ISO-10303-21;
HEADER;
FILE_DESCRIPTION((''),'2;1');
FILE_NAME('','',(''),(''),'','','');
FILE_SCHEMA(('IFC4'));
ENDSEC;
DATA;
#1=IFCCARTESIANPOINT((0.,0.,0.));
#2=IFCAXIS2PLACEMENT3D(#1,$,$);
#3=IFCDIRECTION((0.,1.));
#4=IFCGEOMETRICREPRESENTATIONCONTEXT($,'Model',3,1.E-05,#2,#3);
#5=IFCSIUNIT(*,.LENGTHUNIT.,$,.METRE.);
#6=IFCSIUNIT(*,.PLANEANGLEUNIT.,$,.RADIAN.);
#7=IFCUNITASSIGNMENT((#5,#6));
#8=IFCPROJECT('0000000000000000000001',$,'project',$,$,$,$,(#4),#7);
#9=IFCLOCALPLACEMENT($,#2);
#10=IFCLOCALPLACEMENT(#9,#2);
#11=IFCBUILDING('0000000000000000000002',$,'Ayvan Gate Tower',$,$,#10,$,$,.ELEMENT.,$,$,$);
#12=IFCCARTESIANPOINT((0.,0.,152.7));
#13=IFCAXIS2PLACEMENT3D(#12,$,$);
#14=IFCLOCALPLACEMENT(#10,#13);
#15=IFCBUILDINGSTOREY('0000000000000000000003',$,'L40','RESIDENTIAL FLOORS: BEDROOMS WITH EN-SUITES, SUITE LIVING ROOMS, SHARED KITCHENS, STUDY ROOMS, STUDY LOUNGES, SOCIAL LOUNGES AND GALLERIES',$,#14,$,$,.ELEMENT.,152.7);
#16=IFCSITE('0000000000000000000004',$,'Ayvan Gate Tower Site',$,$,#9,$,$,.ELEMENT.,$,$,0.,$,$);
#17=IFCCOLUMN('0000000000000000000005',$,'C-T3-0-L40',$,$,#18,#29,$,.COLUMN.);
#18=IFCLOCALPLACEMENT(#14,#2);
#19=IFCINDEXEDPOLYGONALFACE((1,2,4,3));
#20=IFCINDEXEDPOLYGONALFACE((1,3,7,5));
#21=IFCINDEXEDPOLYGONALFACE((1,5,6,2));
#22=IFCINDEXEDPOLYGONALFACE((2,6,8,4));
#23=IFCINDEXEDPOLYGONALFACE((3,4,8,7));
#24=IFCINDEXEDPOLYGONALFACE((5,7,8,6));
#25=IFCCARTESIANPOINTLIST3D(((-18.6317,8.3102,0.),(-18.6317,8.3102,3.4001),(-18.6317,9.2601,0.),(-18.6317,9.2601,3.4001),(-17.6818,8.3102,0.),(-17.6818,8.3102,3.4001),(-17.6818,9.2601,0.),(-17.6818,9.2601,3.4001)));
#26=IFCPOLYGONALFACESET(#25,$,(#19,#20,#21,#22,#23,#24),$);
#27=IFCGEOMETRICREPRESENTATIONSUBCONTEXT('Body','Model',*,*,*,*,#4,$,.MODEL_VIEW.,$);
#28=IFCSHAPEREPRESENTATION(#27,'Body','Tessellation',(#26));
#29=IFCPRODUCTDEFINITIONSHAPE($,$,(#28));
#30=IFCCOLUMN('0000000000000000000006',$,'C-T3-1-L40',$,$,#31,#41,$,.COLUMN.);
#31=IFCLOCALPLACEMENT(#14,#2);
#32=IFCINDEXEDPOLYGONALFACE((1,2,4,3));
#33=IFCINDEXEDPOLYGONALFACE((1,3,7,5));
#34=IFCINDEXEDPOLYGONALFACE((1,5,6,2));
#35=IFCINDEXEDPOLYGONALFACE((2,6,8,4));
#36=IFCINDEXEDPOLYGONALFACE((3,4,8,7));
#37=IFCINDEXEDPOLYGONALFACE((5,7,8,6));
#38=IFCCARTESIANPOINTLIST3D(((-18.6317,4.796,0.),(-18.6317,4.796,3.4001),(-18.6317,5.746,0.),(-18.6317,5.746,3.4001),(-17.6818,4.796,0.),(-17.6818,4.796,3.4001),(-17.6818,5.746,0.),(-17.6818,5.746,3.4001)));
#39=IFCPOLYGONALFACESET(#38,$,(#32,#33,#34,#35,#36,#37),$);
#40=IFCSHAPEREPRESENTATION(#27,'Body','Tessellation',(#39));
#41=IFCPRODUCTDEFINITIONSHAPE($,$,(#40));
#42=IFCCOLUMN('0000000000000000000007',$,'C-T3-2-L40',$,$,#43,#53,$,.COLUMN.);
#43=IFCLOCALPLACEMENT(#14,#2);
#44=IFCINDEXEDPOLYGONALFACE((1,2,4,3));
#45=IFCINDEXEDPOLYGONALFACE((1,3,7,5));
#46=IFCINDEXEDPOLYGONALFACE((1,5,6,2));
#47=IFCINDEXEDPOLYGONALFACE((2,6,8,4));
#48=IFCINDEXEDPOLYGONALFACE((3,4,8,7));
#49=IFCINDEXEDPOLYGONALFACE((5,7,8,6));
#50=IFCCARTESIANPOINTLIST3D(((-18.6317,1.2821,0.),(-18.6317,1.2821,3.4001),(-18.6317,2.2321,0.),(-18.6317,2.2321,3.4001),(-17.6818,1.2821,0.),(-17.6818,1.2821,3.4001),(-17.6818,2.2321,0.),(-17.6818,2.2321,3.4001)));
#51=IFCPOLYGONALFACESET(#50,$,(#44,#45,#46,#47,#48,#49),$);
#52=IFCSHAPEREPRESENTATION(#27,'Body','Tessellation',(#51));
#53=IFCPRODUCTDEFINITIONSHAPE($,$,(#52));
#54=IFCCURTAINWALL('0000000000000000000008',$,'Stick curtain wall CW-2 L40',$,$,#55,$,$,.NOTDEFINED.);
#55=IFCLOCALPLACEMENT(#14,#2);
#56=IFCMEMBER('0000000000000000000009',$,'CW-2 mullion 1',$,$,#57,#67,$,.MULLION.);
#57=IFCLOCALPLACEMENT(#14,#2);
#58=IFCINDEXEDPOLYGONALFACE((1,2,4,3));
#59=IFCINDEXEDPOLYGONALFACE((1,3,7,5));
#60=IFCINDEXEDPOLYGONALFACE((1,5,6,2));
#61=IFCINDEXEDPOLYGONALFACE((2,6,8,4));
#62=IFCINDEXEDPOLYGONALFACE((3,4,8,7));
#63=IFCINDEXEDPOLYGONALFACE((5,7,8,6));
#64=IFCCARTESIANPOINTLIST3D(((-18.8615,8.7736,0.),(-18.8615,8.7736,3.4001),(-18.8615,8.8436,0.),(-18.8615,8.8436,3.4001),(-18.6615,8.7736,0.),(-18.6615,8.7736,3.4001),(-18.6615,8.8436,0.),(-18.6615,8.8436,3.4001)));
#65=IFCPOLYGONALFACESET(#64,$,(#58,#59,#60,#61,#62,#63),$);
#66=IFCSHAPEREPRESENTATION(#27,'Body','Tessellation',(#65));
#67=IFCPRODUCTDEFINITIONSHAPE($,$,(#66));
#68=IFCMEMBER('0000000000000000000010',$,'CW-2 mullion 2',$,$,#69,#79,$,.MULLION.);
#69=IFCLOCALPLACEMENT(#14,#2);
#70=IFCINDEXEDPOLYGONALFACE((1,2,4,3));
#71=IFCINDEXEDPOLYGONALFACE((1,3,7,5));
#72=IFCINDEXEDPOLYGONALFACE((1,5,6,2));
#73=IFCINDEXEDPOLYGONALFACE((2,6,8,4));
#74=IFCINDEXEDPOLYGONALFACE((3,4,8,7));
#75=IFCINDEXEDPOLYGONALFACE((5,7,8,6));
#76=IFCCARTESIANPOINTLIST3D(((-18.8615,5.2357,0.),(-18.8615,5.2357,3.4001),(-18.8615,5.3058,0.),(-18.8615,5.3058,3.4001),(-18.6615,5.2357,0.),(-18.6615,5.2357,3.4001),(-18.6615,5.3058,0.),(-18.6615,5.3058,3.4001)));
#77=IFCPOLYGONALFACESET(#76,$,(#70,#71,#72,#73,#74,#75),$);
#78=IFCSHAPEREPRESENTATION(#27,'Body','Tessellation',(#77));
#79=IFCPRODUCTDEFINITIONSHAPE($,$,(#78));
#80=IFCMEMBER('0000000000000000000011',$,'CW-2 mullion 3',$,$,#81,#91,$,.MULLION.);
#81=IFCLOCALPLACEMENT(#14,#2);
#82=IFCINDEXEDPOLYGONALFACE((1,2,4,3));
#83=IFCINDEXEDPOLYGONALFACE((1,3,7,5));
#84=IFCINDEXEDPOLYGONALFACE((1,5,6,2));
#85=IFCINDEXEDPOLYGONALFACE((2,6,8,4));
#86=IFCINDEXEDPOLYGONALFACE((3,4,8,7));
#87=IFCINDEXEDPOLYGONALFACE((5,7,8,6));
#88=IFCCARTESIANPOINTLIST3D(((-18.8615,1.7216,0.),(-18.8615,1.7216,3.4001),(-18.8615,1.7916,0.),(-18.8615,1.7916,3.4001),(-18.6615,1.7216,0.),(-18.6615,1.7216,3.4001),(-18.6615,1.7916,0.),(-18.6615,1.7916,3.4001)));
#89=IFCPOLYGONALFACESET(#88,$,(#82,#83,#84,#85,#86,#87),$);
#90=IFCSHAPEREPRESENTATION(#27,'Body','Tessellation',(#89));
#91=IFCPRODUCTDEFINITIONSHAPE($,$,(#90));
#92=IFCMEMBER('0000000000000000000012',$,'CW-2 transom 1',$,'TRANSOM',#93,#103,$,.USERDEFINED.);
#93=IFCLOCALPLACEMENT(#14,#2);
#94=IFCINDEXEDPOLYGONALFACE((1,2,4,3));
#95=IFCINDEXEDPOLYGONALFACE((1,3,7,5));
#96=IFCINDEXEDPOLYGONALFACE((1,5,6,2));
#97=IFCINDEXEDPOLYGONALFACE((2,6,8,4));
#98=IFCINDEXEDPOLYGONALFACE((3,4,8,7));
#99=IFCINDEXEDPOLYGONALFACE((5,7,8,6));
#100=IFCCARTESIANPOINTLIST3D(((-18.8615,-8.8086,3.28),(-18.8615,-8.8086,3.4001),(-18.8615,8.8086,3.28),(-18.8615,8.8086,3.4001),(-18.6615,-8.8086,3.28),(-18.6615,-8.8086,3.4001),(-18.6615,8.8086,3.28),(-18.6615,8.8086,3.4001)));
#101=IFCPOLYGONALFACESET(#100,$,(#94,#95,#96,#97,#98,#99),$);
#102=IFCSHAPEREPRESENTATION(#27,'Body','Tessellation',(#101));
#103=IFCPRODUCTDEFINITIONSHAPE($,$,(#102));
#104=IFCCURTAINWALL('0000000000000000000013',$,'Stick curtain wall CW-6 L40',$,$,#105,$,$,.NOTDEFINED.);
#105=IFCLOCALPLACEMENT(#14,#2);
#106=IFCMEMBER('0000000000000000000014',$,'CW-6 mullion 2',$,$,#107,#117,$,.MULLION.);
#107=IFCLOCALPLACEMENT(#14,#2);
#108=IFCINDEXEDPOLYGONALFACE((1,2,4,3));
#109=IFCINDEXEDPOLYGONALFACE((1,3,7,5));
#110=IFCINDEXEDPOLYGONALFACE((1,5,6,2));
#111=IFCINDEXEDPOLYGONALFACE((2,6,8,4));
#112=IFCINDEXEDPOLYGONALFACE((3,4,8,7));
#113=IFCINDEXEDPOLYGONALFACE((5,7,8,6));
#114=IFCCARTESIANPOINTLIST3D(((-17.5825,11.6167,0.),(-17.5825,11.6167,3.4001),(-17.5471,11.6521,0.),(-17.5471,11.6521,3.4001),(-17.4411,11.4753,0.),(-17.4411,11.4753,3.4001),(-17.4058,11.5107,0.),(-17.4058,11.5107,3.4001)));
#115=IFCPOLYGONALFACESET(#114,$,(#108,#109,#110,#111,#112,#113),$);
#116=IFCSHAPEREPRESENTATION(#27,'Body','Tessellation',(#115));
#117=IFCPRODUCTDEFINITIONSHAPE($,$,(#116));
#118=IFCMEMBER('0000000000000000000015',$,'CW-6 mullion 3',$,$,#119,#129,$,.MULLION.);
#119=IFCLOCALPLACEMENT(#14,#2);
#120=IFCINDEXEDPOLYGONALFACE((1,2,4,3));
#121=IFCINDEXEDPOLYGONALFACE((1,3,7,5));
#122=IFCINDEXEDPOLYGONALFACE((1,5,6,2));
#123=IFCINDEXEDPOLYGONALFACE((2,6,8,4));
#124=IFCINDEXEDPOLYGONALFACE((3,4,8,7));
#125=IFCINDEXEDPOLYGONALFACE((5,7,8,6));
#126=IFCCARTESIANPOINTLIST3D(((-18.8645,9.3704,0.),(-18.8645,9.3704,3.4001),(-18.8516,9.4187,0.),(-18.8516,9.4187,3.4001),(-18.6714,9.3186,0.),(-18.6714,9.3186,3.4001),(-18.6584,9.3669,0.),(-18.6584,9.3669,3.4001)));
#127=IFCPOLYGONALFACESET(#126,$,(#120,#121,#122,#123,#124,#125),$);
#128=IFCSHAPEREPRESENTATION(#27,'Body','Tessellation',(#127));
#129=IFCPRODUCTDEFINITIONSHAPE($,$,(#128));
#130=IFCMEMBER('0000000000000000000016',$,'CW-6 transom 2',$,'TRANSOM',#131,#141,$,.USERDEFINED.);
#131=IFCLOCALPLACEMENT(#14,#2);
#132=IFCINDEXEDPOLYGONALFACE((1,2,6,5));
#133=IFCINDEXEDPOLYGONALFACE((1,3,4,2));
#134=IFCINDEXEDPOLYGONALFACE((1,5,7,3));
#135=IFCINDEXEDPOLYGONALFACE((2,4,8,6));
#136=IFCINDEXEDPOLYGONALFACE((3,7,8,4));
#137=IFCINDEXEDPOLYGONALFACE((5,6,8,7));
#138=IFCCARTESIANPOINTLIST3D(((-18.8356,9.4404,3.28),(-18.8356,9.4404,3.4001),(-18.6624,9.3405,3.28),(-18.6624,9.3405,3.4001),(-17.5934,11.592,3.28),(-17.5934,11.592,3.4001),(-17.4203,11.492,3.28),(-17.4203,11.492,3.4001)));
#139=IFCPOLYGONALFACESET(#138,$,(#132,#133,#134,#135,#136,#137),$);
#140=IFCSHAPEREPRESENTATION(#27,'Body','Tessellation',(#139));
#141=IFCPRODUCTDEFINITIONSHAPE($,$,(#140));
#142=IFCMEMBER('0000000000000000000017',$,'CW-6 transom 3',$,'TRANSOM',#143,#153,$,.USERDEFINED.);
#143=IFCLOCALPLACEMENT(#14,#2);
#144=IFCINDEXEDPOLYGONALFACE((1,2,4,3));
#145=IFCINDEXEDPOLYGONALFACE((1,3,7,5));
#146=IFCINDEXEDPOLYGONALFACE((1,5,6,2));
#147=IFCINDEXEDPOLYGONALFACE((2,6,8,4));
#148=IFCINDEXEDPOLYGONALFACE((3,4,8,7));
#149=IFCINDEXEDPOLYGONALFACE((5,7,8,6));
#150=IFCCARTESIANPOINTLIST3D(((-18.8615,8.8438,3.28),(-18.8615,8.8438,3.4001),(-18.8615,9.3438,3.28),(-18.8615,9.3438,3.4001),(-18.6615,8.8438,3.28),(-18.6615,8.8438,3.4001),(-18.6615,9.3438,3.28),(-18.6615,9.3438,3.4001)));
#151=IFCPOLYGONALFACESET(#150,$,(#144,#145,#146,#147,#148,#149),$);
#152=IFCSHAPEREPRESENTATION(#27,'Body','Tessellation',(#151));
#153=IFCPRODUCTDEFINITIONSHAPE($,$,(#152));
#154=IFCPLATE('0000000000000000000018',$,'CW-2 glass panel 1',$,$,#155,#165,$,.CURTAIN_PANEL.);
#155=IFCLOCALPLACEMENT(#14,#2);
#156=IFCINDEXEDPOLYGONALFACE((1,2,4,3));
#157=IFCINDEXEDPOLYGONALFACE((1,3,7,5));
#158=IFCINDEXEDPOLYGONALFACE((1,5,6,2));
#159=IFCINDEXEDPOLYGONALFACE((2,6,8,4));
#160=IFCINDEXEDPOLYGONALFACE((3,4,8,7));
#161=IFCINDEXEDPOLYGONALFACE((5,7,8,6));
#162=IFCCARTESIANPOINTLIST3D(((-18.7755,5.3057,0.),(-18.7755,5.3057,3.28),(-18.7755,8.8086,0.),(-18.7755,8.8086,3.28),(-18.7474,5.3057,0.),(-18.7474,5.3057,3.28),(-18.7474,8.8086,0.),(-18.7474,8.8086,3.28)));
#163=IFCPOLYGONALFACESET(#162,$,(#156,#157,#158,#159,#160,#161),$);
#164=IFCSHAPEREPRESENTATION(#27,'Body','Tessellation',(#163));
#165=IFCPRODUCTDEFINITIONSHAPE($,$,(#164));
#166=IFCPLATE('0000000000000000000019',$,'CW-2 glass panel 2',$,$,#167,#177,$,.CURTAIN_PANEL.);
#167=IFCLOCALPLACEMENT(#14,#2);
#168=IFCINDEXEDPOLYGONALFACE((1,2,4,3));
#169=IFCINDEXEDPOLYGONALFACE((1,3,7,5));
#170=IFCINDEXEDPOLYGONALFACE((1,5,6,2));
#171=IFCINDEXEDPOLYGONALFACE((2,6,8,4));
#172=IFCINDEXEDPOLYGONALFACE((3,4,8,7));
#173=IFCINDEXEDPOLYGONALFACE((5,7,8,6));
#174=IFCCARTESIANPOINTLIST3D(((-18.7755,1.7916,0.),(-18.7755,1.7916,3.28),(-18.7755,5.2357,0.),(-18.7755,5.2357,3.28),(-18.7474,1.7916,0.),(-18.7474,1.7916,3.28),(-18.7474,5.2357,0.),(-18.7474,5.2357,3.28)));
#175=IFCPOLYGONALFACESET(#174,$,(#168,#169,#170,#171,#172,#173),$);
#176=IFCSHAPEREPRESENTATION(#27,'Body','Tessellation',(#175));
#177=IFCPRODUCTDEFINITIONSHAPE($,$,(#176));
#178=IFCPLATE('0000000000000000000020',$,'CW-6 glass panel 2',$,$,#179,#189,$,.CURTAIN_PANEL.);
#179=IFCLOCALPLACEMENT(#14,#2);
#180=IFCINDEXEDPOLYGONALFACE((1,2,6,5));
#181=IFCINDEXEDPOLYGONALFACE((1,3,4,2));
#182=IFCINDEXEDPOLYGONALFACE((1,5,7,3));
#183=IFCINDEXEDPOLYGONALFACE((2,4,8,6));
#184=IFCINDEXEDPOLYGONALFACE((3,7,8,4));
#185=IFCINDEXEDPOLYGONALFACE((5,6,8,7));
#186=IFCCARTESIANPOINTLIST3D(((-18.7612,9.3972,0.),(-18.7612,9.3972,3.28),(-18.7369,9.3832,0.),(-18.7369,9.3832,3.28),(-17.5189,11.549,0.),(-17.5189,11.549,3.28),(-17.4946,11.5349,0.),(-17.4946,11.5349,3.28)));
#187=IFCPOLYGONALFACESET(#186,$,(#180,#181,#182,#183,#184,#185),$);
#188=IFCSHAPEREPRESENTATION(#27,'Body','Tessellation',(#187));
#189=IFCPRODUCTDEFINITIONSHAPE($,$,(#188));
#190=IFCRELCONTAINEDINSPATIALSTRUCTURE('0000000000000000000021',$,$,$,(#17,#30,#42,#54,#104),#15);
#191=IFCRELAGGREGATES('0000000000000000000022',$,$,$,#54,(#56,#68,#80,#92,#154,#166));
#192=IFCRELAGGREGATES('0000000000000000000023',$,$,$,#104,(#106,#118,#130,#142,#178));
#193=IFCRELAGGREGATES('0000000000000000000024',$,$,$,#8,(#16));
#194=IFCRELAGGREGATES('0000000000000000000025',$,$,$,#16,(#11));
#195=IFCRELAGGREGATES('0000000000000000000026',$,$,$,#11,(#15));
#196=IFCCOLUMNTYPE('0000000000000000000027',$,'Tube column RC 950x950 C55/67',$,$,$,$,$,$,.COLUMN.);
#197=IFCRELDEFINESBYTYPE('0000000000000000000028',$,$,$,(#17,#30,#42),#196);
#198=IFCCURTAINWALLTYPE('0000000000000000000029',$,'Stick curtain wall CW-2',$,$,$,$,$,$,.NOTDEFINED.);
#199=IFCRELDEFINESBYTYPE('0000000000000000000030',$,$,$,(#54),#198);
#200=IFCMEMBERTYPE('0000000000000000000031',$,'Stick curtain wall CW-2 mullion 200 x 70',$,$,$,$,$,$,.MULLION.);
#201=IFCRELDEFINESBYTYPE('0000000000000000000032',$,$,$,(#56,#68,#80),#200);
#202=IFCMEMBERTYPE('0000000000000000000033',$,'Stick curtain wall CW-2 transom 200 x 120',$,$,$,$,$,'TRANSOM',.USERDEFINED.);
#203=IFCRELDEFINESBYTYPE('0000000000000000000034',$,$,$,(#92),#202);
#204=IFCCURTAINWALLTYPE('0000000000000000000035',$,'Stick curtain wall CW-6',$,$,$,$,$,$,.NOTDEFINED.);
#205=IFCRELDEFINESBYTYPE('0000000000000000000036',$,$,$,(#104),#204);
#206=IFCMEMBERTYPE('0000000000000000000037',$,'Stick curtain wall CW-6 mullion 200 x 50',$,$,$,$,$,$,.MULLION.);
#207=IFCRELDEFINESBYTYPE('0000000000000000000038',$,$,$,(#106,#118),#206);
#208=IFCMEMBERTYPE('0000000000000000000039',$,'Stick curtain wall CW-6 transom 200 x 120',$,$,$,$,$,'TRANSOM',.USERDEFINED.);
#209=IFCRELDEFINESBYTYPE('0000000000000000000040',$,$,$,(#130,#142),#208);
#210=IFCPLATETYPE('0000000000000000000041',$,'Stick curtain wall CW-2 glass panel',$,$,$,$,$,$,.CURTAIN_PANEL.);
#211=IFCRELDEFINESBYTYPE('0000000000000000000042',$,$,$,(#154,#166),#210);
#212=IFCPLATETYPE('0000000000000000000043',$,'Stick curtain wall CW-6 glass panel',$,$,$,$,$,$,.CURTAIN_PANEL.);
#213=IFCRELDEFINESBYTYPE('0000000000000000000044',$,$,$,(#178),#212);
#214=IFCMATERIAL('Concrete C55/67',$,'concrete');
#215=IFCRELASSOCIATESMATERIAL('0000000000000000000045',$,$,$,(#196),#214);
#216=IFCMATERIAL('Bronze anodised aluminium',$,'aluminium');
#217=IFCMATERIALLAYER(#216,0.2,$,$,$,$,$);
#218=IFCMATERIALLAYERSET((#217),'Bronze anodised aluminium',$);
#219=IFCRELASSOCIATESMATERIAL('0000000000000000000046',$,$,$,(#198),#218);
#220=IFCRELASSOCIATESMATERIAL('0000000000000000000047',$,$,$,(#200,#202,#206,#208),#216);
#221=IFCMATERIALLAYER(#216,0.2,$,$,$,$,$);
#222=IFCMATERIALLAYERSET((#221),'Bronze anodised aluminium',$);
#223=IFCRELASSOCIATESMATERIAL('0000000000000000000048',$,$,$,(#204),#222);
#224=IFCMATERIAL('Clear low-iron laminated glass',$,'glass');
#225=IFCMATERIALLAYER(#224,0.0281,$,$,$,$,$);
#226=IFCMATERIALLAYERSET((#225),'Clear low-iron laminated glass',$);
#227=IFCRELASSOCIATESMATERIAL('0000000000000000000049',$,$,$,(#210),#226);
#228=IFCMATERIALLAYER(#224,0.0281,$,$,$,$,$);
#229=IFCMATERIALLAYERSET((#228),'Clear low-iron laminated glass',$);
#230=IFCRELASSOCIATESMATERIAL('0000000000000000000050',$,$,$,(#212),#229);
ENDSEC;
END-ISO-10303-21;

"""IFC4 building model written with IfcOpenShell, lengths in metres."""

from ifc_helpers import new_model, si_unit, direction, frame, origin, origin_2d, place, context, subcontext, project, spatial, rectangle, extrude, material, layer, layer_set, material_profile, profile_set, type_object, element, aggregate, save


model = new_model("IFC4")

# Units and contexts
model_context = context("Model", 3, precision=1e-05, world=origin(), true_north=direction((0.0, 1.0)))
body_context = subcontext(model_context, "Body", "Model", "MODEL_VIEW")
ifc_project = project(units=[si_unit("LENGTHUNIT", "METRE"), si_unit("PLANEANGLEUNIT", "RADIAN")], contexts=[model_context])

# Site, building, storey
site_placement = place(None, origin())
site = spatial("IfcSite", under=ifc_project, at=site_placement, Name="Ayvan Gate Tower Site", CompositionType="ELEMENT", RefElevation=0.0)
building_placement = place(site_placement, origin())
building = spatial("IfcBuilding", under=site, at=building_placement, Name="Ayvan Gate Tower", CompositionType="ELEMENT")
storey_placement = place(building_placement, frame((0.0, 0.0, 152.7)))
storey = spatial("IfcBuildingStorey", under=building, at=storey_placement, Name="L40", Description="RESIDENTIAL FLOORS: BEDROOMS WITH EN-SUITES, SUITE LIVING ROOMS, SHARED KITCHENS, STUDY ROOMS, STUDY LOUNGES, SOCIAL LOUNGES AND GALLERIES", CompositionType="ELEMENT", Elevation=152.7)

# Columns
ifc_material_1 = material(Name="Concrete C55/67", Category="concrete")
ifc_material_profile_1 = material_profile(ifc_material_1, rectangle(XDim=0.95, YDim=0.95, at=origin_2d()), Name="RC 950x950")
ifc_profile_set_1 = profile_set([ifc_material_profile_1], Name="Concrete C55/67")
column_type = type_object("IfcColumnType", Name="Tube column RC 950x950 C55/67", PredefinedType="COLUMN", material=ifc_profile_set_1)
for number, where, z_axis, x_axis, name in (
    (1, (-18.1567, 8.7852, 0.0), (0.0, 0.0, 1.0), (-1.0, 0.0, 0.0), "C-T3-0-L40"),
    (2, (-18.1567, 5.271, 0.0), (0.0, 0.0, 1.0), (-1.0, 0.0, 0.0), "C-T3-1-L40"),
    (3, (-18.1567, 1.7571, 0.0), (0.0, 0.0, 1.0), (-1.0, 0.0, 0.0), "C-T3-2-L40"),
):
    element("IfcColumn", number, at=place(storey_placement, frame(where, z_axis=z_axis, x_axis=x_axis)), inside=storey, type_object=column_type, Name=name, PredefinedType="COLUMN", context=body_context, shape_type="SweptSolid", body=[
        extrude(rectangle(XDim=0.95, YDim=0.95, at=origin_2d()), origin(), (0.0, 0.0, 1.0), 3.4001),
    ])

# Curtain walls, members
ifc_material_2 = material(Name="Bronze anodised aluminium", Category="aluminium")
ifc_layer_1 = layer(ifc_material_2, 0.2)
ifc_layer_set_1 = layer_set([ifc_layer_1], Name="Bronze anodised aluminium")
curtain_wall_type_1 = type_object("IfcCurtainWallType", Name="Stick curtain wall CW-2", PredefinedType="NOTDEFINED", material=ifc_layer_set_1)
curtain_wall_1_placement = place(storey_placement, origin())
curtain_wall_1 = element("IfcCurtainWall", 4, at=curtain_wall_1_placement, inside=storey, type_object=curtain_wall_type_1, Name="Stick curtain wall CW-2 L40", PredefinedType="NOTDEFINED")
ifc_material_profile_2 = material_profile(ifc_material_2, rectangle(XDim=0.2, YDim=0.0701, at=origin_2d()), Name="Stick curtain wall CW-2 mullion 200 x 70")
ifc_profile_set_2 = profile_set([ifc_material_profile_2], Name="Bronze anodised aluminium")
member_type_1 = type_object("IfcMemberType", Name="Stick curtain wall CW-2 mullion 200 x 70", PredefinedType="MULLION", material=ifc_profile_set_2)
member_1_placement = place(storey_placement, frame((-18.7615, 8.8086, 0.0), z_axis=(0.0, 0.0, 1.0), x_axis=(-1.0, 0.0, 0.0)))
member_1 = element("IfcMember", 5, at=member_1_placement, type_object=member_type_1, Name="CW-2 mullion 1", PredefinedType="MULLION", context=body_context, shape_type="SweptSolid", body=[
    extrude(rectangle(XDim=0.2, YDim=0.0701, at=origin_2d()), origin(), (0.0, 0.0, 1.0), 3.4001),
])
member_2_placement = place(storey_placement, frame((-18.7615, 5.2708, 0.0), z_axis=(0.0, 0.0, 1.0), x_axis=(-1.0, 0.0, 0.0)))
member_2 = element("IfcMember", 6, at=member_2_placement, type_object=member_type_1, Name="CW-2 mullion 2", PredefinedType="MULLION", context=body_context, shape_type="SweptSolid", body=[
    extrude(rectangle(XDim=0.2, YDim=0.0701, at=origin_2d()), origin(), (0.0, 0.0, 1.0), 3.4001),
])
member_3_placement = place(storey_placement, frame((-18.7615, 1.7566, 0.0), z_axis=(0.0, 0.0, 1.0), x_axis=(-1.0, 0.0, 0.0)))
member_3 = element("IfcMember", 7, at=member_3_placement, type_object=member_type_1, Name="CW-2 mullion 3", PredefinedType="MULLION", context=body_context, shape_type="SweptSolid", body=[
    extrude(rectangle(XDim=0.2, YDim=0.0701, at=origin_2d()), origin(), (0.0, 0.0, 1.0), 3.4001),
])
ifc_material_profile_3 = material_profile(ifc_material_2, rectangle(XDim=0.2, YDim=0.1201, at=origin_2d()), Name="Stick curtain wall CW-2 transom 200 x 120")
ifc_profile_set_3 = profile_set([ifc_material_profile_3], Name="Bronze anodised aluminium")
member_type_2 = type_object("IfcMemberType", Name="Stick curtain wall CW-2 transom 200 x 120", ElementType="TRANSOM", PredefinedType="USERDEFINED", material=ifc_profile_set_3)
member_4_placement = place(storey_placement, frame((-18.7615, 8.8086, 3.3401), z_axis=(0.0, -1.0, 0.0), x_axis=(1.0, 0.0, 0.0)))
member_4 = element("IfcMember", 8, at=member_4_placement, type_object=member_type_2, Name="CW-2 transom 1", ObjectType="TRANSOM", PredefinedType="USERDEFINED", context=body_context, shape_type="SweptSolid", body=[
    extrude(rectangle(XDim=0.2, YDim=0.1201, at=origin_2d()), origin(), (0.0, 0.0, 1.0), 17.6172),
])
ifc_layer_2 = layer(ifc_material_2, 0.2)
ifc_layer_set_2 = layer_set([ifc_layer_2], Name="Bronze anodised aluminium")
curtain_wall_type_2 = type_object("IfcCurtainWallType", Name="Stick curtain wall CW-6", PredefinedType="NOTDEFINED", material=ifc_layer_set_2)
curtain_wall_2_placement = place(storey_placement, origin())
curtain_wall_2 = element("IfcCurtainWall", 9, at=curtain_wall_2_placement, inside=storey, type_object=curtain_wall_type_2, Name="Stick curtain wall CW-6 L40", PredefinedType="NOTDEFINED")
ifc_material_profile_4 = material_profile(ifc_material_2, rectangle(XDim=0.2, YDim=0.05, at=origin_2d()), Name="Stick curtain wall CW-6 mullion 200 x 50")
ifc_profile_set_4 = profile_set([ifc_material_profile_4], Name="Bronze anodised aluminium")
member_type_3 = type_object("IfcMemberType", Name="Stick curtain wall CW-6 mullion 200 x 50", PredefinedType="MULLION", material=ifc_profile_set_4)
member_5_placement = place(storey_placement, frame((-17.4941, 11.5637, 0.0), z_axis=(0.0, 0.0, 1.0), x_axis=(-0.707107, 0.707107, 0.0)))
member_5 = element("IfcMember", 10, at=member_5_placement, type_object=member_type_3, Name="CW-6 mullion 2", PredefinedType="MULLION", context=body_context, shape_type="SweptSolid", body=[
    extrude(rectangle(XDim=0.2, YDim=0.05, at=origin_2d()), origin(), (0.0, 0.0, 1.0), 3.4001),
])
member_6_placement = place(storey_placement, frame((-18.7615, 9.3687, 0.0), z_axis=(0.0, 0.0, 1.0), x_axis=(-0.965926, 0.258819, 0.0)))
member_6 = element("IfcMember", 11, at=member_6_placement, type_object=member_type_3, Name="CW-6 mullion 3", PredefinedType="MULLION", context=body_context, shape_type="SweptSolid", body=[
    extrude(rectangle(XDim=0.2, YDim=0.05, at=origin_2d()), origin(), (0.0, 0.0, 1.0), 3.4001),
])
ifc_material_profile_5 = material_profile(ifc_material_2, rectangle(XDim=0.2, YDim=0.1201, at=origin_2d()), Name="Stick curtain wall CW-6 transom 200 x 120")
ifc_profile_set_5 = profile_set([ifc_material_profile_5], Name="Bronze anodised aluminium")
member_type_4 = type_object("IfcMemberType", Name="Stick curtain wall CW-6 transom 200 x 120", ElementType="TRANSOM", PredefinedType="USERDEFINED", material=ifc_profile_set_5)
member_7_placement = place(storey_placement, frame((-17.5068, 11.542, 3.3401), z_axis=(-0.499986, -0.866033, 0.0), x_axis=(0.866033, -0.499986, 0.0)))
member_7 = element("IfcMember", 12, at=member_7_placement, type_object=member_type_4, Name="CW-6 transom 2", ObjectType="TRANSOM", PredefinedType="USERDEFINED", context=body_context, shape_type="SweptSolid", body=[
    extrude(rectangle(XDim=0.2, YDim=0.1201, at=origin_2d()), origin(), (0.0, 0.0, 1.0), 2.4844),
])
member_8_placement = place(storey_placement, frame((-18.7615, 9.3438, 3.3401), z_axis=(0.0, -1.0, 0.0), x_axis=(1.0, 0.0, 0.0)))
member_8 = element("IfcMember", 13, at=member_8_placement, type_object=member_type_4, Name="CW-6 transom 3", ObjectType="TRANSOM", PredefinedType="USERDEFINED", context=body_context, shape_type="SweptSolid", body=[
    extrude(rectangle(XDim=0.2, YDim=0.1201, at=origin_2d()), origin(), (0.0, 0.0, 1.0), 0.5),
])

# Plates
ifc_material_3 = material(Name="Clear low-iron laminated glass", Category="glass")
ifc_layer_3 = layer(ifc_material_3, 0.0281)
ifc_layer_set_3 = layer_set([ifc_layer_3], Name="Clear low-iron laminated glass")
plate_type_1 = type_object("IfcPlateType", Name="Stick curtain wall CW-2 glass panel", PredefinedType="CURTAIN_PANEL", material=ifc_layer_set_3)
plate_1_placement = place(storey_placement, frame((-18.7615, 7.0571, 0.0), z_axis=(0.0, 0.0, 1.0), x_axis=(0.0, -1.0, 0.0)))
plate_1 = element("IfcPlate", 14, at=plate_1_placement, type_object=plate_type_1, Name="CW-2 glass panel 1", PredefinedType="CURTAIN_PANEL", context=body_context, shape_type="SweptSolid", body=[
    extrude(rectangle(XDim=3.5029, YDim=0.0281, at=origin_2d()), origin(), (0.0, 0.0, 1.0), 3.28),
])
plate_2_placement = place(storey_placement, frame((-18.7615, 3.5137, 0.0), z_axis=(0.0, 0.0, 1.0), x_axis=(0.0, -1.0, 0.0)))
plate_2 = element("IfcPlate", 15, at=plate_2_placement, type_object=plate_type_1, Name="CW-2 glass panel 2", PredefinedType="CURTAIN_PANEL", context=body_context, shape_type="SweptSolid", body=[
    extrude(rectangle(XDim=3.4441, YDim=0.0281, at=origin_2d()), origin(), (0.0, 0.0, 1.0), 3.28),
])
aggregate(curtain_wall_1, [member_1, member_2, member_3, member_4, plate_1, plate_2])
ifc_layer_4 = layer(ifc_material_3, 0.0281)
ifc_layer_set_4 = layer_set([ifc_layer_4], Name="Clear low-iron laminated glass")
plate_type_2 = type_object("IfcPlateType", Name="Stick curtain wall CW-6 glass panel", PredefinedType="CURTAIN_PANEL", material=ifc_layer_set_4)
plate_3_placement = place(storey_placement, frame((-18.1279, 10.4661, 0.0), z_axis=(0.0, 0.0, 1.0), x_axis=(-0.5, -0.866025, 0.0)))
plate_3 = element("IfcPlate", 16, at=plate_3_placement, type_object=plate_type_2, Name="CW-6 glass panel 2", PredefinedType="CURTAIN_PANEL", context=body_context, shape_type="SweptSolid", body=[
    extrude(rectangle(XDim=2.4846, YDim=0.0281, at=origin_2d()), origin(), (0.0, 0.0, 1.0), 3.28),
])
aggregate(curtain_wall_2, [member_5, member_6, member_7, member_8, plate_3])

save(model, "model.ifc")
